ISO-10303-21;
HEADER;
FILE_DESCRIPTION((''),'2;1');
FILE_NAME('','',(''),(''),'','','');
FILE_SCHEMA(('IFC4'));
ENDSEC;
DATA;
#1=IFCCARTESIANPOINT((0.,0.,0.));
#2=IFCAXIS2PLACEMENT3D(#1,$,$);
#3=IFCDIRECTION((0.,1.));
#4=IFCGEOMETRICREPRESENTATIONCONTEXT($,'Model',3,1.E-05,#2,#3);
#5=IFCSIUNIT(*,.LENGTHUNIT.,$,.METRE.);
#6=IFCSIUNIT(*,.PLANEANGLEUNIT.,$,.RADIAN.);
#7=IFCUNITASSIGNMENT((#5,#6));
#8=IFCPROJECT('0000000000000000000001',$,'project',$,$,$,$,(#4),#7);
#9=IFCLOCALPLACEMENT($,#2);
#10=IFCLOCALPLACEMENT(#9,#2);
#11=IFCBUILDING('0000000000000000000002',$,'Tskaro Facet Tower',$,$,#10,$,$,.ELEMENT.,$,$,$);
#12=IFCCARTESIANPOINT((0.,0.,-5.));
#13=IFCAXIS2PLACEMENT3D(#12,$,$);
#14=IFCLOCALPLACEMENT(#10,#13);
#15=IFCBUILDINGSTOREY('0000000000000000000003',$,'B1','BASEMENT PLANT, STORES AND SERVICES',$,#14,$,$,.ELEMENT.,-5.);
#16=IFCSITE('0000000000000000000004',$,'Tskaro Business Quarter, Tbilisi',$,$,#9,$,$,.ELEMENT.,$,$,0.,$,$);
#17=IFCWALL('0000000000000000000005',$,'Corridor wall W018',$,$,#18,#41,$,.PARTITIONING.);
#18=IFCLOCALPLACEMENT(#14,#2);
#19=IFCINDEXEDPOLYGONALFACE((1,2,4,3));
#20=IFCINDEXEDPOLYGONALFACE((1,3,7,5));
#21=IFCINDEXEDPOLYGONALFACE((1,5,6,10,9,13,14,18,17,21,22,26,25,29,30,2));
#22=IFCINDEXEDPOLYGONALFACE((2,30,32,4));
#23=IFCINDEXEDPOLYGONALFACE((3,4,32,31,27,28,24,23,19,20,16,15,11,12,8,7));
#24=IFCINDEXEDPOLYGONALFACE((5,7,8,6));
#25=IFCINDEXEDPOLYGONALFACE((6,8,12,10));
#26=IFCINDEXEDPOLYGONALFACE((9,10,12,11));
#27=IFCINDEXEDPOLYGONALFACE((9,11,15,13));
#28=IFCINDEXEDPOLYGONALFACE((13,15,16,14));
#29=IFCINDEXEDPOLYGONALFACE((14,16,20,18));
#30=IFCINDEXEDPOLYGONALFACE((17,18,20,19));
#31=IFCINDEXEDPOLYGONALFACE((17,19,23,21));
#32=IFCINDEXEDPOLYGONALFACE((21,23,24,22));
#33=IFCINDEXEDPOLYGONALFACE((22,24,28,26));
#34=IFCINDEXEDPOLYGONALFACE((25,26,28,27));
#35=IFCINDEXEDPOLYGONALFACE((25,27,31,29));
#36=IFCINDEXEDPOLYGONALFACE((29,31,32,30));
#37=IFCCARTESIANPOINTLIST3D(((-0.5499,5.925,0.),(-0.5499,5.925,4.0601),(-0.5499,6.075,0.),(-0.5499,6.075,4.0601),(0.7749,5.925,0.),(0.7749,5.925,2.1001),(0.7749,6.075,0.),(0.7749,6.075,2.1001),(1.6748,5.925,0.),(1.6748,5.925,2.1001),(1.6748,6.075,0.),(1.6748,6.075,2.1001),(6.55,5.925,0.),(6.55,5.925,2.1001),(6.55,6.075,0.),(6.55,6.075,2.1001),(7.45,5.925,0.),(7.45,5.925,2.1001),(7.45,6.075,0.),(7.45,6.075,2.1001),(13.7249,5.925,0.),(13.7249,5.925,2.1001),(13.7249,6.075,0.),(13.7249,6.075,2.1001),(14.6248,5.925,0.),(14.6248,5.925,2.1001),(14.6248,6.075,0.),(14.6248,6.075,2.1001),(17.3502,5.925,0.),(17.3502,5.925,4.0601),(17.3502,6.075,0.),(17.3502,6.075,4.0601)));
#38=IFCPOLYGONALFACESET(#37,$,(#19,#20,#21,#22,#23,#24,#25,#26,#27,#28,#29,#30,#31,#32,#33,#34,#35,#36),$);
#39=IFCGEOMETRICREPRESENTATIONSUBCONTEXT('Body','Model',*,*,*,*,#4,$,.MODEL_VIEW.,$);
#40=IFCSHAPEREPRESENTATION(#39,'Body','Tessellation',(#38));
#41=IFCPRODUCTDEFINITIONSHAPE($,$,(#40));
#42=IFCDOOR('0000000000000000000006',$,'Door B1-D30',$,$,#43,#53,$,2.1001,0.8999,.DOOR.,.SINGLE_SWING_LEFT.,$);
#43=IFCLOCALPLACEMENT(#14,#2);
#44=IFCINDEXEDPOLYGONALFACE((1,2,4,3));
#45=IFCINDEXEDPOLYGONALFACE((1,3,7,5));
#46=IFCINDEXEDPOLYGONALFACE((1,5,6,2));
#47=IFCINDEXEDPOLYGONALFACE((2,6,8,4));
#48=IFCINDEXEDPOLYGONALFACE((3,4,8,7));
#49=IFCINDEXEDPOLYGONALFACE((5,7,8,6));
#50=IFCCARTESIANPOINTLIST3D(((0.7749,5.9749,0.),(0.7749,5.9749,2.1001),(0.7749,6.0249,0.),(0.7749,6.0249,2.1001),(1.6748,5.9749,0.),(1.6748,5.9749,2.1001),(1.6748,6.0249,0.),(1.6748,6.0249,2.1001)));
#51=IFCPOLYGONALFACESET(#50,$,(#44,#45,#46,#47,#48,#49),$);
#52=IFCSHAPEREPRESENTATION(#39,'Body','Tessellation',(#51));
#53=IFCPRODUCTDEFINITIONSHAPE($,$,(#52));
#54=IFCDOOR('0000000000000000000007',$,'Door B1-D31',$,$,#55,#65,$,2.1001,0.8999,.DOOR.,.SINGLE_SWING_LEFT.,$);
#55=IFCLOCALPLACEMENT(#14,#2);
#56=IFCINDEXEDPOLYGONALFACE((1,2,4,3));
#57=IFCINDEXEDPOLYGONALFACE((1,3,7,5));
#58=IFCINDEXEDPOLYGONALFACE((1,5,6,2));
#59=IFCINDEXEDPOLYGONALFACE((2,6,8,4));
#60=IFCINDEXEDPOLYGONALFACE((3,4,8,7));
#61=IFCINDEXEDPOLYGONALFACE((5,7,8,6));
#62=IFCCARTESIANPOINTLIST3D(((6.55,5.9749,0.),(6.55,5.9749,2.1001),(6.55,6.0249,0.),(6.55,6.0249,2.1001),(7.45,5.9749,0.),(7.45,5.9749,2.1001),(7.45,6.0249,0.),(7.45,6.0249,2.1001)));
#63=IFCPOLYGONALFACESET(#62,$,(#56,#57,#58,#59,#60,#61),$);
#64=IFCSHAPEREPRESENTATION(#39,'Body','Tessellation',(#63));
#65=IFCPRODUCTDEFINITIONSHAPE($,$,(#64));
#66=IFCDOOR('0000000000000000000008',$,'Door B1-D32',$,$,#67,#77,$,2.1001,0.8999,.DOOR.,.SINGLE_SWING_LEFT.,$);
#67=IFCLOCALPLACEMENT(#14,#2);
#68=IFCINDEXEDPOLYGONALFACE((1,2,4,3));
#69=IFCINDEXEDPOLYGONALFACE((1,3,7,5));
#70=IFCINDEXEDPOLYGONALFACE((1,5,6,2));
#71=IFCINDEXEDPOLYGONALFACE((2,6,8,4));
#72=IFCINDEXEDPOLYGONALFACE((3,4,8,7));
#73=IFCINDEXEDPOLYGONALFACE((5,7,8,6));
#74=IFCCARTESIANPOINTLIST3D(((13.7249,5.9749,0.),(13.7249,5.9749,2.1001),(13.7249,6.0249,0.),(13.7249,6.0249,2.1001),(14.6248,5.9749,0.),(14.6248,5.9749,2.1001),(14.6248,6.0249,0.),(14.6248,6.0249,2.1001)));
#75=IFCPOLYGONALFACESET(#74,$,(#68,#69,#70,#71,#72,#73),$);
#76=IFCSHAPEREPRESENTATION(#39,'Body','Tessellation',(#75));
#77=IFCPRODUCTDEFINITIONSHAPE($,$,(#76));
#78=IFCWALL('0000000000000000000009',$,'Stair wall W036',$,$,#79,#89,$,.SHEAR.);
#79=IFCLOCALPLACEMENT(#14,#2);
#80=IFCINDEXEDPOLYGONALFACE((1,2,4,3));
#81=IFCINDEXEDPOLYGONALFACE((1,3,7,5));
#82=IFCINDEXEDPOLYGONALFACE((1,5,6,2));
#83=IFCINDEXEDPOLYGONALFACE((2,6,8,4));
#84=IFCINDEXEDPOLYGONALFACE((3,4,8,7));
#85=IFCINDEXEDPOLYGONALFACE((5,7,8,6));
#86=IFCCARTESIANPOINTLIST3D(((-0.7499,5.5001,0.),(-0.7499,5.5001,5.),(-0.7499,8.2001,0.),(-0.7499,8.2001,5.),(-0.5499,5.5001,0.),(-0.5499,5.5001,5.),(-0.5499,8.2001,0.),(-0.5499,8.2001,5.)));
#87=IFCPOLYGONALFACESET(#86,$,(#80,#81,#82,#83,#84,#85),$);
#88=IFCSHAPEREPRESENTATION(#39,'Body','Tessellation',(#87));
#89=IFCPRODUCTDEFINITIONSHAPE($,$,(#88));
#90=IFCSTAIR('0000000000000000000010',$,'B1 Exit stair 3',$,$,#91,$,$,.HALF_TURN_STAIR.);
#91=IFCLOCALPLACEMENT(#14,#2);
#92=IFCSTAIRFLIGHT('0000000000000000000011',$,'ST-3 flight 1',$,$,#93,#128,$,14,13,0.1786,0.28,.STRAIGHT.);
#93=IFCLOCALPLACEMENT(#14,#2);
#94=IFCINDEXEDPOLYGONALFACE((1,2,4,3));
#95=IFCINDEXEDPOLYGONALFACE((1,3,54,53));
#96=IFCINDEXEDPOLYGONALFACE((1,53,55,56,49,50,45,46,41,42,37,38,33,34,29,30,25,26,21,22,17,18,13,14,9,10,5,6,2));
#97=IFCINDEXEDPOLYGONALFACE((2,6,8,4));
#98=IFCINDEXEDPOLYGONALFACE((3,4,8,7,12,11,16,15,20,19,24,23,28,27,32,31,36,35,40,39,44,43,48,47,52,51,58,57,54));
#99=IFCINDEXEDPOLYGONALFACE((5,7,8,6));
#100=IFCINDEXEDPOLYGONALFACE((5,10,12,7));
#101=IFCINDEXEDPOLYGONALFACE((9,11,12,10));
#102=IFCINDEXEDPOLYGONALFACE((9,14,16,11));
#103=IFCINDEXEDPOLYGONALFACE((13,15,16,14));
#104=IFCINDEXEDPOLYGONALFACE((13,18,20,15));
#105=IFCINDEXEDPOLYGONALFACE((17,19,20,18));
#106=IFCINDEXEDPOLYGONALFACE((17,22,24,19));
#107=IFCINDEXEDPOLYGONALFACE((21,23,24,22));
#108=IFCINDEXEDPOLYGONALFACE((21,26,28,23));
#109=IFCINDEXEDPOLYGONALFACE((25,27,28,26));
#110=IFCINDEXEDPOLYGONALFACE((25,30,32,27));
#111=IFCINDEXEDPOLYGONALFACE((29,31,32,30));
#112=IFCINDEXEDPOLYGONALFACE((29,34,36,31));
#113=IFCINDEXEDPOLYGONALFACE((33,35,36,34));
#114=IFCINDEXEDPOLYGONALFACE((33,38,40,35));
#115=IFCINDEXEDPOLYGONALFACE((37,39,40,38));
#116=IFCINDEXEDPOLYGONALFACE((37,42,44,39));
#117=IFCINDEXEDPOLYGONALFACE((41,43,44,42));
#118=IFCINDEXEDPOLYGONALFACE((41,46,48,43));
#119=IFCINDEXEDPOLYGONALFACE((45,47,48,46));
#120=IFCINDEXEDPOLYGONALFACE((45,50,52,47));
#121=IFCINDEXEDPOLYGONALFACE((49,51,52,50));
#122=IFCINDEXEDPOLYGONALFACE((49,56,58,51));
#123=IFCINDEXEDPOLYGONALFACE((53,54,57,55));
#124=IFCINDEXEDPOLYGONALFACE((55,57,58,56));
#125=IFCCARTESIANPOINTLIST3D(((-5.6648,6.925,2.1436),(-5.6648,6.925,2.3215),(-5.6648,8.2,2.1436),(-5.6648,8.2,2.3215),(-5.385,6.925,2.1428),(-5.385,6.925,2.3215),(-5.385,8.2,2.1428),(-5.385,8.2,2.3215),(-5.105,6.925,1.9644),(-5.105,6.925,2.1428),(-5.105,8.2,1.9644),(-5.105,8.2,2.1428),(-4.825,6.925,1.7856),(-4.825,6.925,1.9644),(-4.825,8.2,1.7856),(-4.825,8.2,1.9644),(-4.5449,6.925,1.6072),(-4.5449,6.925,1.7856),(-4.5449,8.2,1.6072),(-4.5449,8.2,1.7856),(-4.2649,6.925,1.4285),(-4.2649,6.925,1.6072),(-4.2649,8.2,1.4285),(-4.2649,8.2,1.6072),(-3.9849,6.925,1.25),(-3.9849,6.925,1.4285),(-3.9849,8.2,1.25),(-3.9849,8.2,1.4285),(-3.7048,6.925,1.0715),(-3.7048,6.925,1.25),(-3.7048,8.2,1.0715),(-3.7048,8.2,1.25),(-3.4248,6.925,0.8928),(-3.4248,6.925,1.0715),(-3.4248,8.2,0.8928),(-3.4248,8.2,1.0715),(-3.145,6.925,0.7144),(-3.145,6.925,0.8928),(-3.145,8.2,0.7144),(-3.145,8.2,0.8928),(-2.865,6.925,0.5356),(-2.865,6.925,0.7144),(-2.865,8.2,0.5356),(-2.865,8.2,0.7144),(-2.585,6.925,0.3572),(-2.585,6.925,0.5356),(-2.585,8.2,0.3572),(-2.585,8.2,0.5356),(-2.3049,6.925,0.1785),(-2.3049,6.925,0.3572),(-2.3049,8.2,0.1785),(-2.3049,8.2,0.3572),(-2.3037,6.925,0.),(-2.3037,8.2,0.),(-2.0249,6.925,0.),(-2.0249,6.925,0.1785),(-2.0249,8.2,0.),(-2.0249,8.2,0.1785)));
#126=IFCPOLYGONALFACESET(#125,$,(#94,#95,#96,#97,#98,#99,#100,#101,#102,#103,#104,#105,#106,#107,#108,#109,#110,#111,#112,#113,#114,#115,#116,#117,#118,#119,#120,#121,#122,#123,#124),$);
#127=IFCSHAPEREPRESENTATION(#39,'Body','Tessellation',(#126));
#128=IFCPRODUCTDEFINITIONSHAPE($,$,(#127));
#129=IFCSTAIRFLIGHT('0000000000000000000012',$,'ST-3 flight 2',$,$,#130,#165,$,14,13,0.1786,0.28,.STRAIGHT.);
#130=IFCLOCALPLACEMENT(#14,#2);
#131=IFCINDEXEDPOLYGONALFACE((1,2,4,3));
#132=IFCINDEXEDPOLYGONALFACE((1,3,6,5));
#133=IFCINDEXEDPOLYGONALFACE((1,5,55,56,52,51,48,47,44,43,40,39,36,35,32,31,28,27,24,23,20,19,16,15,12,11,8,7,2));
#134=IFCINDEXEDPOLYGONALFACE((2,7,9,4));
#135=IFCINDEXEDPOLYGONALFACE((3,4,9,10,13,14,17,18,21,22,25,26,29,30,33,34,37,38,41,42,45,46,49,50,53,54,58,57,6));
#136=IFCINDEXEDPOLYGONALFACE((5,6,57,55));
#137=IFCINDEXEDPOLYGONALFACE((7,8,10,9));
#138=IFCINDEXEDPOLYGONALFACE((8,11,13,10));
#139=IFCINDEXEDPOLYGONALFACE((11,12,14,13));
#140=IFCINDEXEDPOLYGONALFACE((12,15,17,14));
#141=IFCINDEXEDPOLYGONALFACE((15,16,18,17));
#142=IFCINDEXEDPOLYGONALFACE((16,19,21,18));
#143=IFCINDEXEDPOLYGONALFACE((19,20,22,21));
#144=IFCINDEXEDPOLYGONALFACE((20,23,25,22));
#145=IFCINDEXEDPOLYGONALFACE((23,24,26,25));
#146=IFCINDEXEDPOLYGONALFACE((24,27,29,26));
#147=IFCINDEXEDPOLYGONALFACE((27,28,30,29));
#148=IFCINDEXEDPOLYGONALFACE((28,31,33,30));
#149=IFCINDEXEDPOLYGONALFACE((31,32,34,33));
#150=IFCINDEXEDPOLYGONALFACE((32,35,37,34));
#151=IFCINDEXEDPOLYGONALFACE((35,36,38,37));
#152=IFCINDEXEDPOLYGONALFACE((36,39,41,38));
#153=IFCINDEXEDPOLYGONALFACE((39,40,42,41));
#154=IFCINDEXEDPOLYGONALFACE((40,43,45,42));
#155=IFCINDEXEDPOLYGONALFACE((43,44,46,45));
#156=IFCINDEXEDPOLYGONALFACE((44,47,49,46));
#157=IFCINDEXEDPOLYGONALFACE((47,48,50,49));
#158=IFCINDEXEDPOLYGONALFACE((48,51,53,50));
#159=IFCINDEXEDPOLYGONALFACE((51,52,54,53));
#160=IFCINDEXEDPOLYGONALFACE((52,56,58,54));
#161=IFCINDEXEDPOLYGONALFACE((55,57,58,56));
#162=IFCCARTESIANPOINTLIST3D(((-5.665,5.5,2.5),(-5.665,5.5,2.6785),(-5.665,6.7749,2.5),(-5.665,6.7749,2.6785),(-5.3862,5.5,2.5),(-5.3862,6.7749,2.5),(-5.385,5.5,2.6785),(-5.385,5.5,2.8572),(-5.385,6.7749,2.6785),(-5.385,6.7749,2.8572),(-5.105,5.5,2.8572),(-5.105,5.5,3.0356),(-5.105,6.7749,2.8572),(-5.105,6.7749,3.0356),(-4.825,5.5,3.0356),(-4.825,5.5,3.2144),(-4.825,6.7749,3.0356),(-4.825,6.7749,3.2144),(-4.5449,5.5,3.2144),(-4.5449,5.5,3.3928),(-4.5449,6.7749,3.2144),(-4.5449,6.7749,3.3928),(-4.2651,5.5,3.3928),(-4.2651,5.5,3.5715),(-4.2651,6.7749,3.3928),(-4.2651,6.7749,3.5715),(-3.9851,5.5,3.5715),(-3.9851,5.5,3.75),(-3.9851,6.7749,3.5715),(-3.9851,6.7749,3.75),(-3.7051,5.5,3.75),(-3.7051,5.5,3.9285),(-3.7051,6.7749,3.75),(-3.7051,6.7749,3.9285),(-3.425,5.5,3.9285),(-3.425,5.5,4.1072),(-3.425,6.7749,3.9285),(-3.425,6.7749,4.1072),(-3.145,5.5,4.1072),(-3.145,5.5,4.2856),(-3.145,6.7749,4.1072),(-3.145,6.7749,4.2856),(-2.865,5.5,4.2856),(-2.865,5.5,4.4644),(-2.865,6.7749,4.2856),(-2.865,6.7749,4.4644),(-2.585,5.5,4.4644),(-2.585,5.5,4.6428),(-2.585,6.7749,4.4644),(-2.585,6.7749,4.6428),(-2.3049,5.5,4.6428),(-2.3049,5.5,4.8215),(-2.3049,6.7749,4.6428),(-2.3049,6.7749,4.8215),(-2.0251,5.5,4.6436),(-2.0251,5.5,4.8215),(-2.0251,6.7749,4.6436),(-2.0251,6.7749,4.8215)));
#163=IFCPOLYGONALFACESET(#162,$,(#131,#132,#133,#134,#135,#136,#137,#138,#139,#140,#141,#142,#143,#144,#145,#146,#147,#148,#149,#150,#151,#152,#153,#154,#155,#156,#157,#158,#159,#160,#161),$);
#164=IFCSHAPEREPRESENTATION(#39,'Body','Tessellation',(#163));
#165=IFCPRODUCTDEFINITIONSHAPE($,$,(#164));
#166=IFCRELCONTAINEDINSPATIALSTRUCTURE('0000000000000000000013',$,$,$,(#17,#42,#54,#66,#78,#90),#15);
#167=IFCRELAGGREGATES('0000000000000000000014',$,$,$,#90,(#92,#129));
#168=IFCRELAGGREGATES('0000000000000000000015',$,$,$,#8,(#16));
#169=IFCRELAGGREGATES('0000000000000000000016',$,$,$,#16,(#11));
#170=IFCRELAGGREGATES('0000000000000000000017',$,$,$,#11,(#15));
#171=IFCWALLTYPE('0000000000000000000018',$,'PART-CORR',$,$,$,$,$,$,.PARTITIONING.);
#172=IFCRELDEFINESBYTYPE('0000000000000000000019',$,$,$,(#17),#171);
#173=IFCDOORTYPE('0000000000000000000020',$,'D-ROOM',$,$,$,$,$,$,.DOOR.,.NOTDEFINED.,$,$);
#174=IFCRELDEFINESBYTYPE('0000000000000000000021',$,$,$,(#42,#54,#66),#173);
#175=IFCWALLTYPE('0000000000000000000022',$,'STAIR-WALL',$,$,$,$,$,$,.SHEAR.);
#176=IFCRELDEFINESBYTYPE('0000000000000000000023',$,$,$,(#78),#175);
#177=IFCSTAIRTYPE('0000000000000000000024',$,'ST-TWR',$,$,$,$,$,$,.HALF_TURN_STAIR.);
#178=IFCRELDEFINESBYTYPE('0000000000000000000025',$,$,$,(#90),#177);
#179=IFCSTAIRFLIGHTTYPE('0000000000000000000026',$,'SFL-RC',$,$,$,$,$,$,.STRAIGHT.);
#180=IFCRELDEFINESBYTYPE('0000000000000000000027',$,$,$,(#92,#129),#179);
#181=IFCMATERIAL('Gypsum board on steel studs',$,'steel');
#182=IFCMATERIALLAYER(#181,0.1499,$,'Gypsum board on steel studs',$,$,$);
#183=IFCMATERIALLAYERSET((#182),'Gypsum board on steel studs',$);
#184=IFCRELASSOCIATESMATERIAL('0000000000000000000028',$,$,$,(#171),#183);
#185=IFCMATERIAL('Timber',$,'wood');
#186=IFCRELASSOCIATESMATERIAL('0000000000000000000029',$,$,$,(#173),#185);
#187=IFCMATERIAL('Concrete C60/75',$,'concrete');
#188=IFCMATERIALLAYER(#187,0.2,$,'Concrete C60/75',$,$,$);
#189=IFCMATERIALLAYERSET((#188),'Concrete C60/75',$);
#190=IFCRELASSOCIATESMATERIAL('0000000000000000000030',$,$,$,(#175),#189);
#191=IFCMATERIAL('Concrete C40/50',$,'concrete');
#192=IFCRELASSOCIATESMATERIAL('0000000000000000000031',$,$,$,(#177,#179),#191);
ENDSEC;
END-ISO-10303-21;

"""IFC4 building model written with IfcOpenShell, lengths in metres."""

from ifc_helpers import new_model, si_unit, direction, frame, frame_2d, origin, place, context, subcontext, project, spatial, polyline, rectangle, outline, extrude, material, layer, layer_set, type_object, element, fill, aggregate, save


model = new_model("IFC4")

# Units and contexts
model_context = context("Model", 3, precision=1e-05, world=origin(), true_north=direction((0.0, 1.0)))
body_context = subcontext(model_context, "Body", "Model", "MODEL_VIEW")
ifc_project = project(units=[si_unit("LENGTHUNIT", "METRE"), si_unit("PLANEANGLEUNIT", "RADIAN")], contexts=[model_context])

# Site, building, storey
site_placement = place(None, origin())
site = spatial("IfcSite", under=ifc_project, at=site_placement, Name="Tskaro Business Quarter, Tbilisi", CompositionType="ELEMENT", RefElevation=0.0)
building_placement = place(site_placement, origin())
building = spatial("IfcBuilding", under=site, at=building_placement, Name="Tskaro Facet Tower", CompositionType="ELEMENT")
storey_placement = place(building_placement, frame((0.0, 0.0, -5.0)))
storey = spatial("IfcBuildingStorey", under=building, at=storey_placement, Name="B1", Description="BASEMENT PLANT, STORES AND SERVICES", CompositionType="ELEMENT", Elevation=-5.0)

# Wall, openings, doors
ifc_material_1 = material(Name="Gypsum board on steel studs", Category="steel")
ifc_layer_1 = layer(ifc_material_1, 0.1499, Name="Gypsum board on steel studs")
ifc_layer_set_1 = layer_set([ifc_layer_1], Name="Gypsum board on steel studs")
wall_type_1 = type_object("IfcWallType", Name="PART-CORR", PredefinedType="PARTITIONING", material=ifc_layer_set_1)
wall_1_placement = place(storey_placement, frame((-0.55, 6.0, 0.0), z_axis=(0.0, 0.0, 1.0), x_axis=(1.0, 0.0, 0.0)))
wall_1 = element("IfcWall", 1, at=wall_1_placement, inside=storey, type_object=wall_type_1, Name="Corridor wall W018", PredefinedType="PARTITIONING", context=body_context, shape_type="SweptSolid", body=[
    extrude(rectangle(XDim=17.9001, YDim=0.1499, at=frame_2d((8.9502, 0.0))), origin(), (0.0, 0.0, 1.0), 4.0601),
])
opening_1_placement = place(wall_1_placement, frame((1.325, 0.0, 0.0)))
opening_1 = element("IfcOpeningElement", 2, at=opening_1_placement, cuts=wall_1, PredefinedType="OPENING", context=body_context, shape_type="SweptSolid", body=[
    extrude(rectangle(XDim=0.8999, YDim=2.1001, at=frame_2d((0.45, 1.05))), frame((0.0, 0.085, 0.0), z_axis=(0.0, -1.0, 0.0), x_axis=(1.0, 0.0, 0.0)), (0.0, 0.0, 1.0), 0.1699),
])
opening_2_placement = place(wall_1_placement, frame((7.1001, 0.0, 0.0)))
opening_2 = element("IfcOpeningElement", 3, at=opening_2_placement, cuts=wall_1, PredefinedType="OPENING", context=body_context, shape_type="SweptSolid", body=[
    extrude(rectangle(XDim=0.8999, YDim=2.1001, at=frame_2d((0.45, 1.05))), frame((0.0, 0.085, 0.0), z_axis=(0.0, -1.0, 0.0), x_axis=(1.0, 0.0, 0.0)), (0.0, 0.0, 1.0), 0.1699),
])
opening_3_placement = place(wall_1_placement, frame((14.2749, 0.0, 0.0)))
opening_3 = element("IfcOpeningElement", 4, at=opening_3_placement, cuts=wall_1, PredefinedType="OPENING", context=body_context, shape_type="SweptSolid", body=[
    extrude(rectangle(XDim=0.8999, YDim=2.1001, at=frame_2d((0.45, 1.05))), frame((0.0, 0.085, 0.0), z_axis=(0.0, -1.0, 0.0), x_axis=(1.0, 0.0, 0.0)), (0.0, 0.0, 1.0), 0.1699),
])
ifc_material_2 = material(Name="Timber", Category="wood")
door_type = type_object("IfcDoorType", Name="D-ROOM", OperationType="NOTDEFINED", PredefinedType="DOOR", material=ifc_material_2)
door_1_placement = place(opening_1_placement, origin())
door_1 = element("IfcDoor", 5, at=door_1_placement, inside=storey, type_object=door_type, Name="Door B1-D30", OperationType="SINGLE_SWING_LEFT", OverallHeight=2.1001, OverallWidth=0.8999, PredefinedType="DOOR", context=body_context, shape_type="SweptSolid", body=[
    extrude(rectangle(XDim=0.8999, YDim=2.1001, at=frame_2d((0.45, 1.05))), frame((0.0, 0.0249, 0.0), z_axis=(0.0, -1.0, 0.0), x_axis=(1.0, 0.0, 0.0)), (0.0, 0.0, 1.0), 0.05),
])
fill(opening_1, door_1)
door_2_placement = place(opening_2_placement, origin())
door_2 = element("IfcDoor", 6, at=door_2_placement, inside=storey, type_object=door_type, Name="Door B1-D31", OperationType="SINGLE_SWING_LEFT", OverallHeight=2.1001, OverallWidth=0.8999, PredefinedType="DOOR", context=body_context, shape_type="SweptSolid", body=[
    extrude(rectangle(XDim=0.8999, YDim=2.1001, at=frame_2d((0.45, 1.05))), frame((0.0, 0.0249, 0.0), z_axis=(0.0, -1.0, 0.0), x_axis=(1.0, 0.0, 0.0)), (0.0, 0.0, 1.0), 0.05),
])
fill(opening_2, door_2)
door_3_placement = place(opening_3_placement, origin())
door_3 = element("IfcDoor", 7, at=door_3_placement, inside=storey, type_object=door_type, Name="Door B1-D32", OperationType="SINGLE_SWING_LEFT", OverallHeight=2.1001, OverallWidth=0.8999, PredefinedType="DOOR", context=body_context, shape_type="SweptSolid", body=[
    extrude(rectangle(XDim=0.8999, YDim=2.1001, at=frame_2d((0.45, 1.05))), frame((0.0, 0.0249, 0.0), z_axis=(0.0, -1.0, 0.0), x_axis=(1.0, 0.0, 0.0)), (0.0, 0.0, 1.0), 0.05),
])
fill(opening_3, door_3)

# Wall
ifc_material_3 = material(Name="Concrete C60/75", Category="concrete")
ifc_layer_2 = layer(ifc_material_3, 0.2, Name="Concrete C60/75")
ifc_layer_set_2 = layer_set([ifc_layer_2], Name="Concrete C60/75")
wall_type_2 = type_object("IfcWallType", Name="STAIR-WALL", PredefinedType="SHEAR", material=ifc_layer_set_2)
wall_2_placement = place(storey_placement, frame((-0.6499, 5.5, 0.0), z_axis=(0.0, 0.0, 1.0), x_axis=(0.0, 1.0, 0.0)))
element("IfcWall", 8, at=wall_2_placement, inside=storey, type_object=wall_type_2, Name="Stair wall W036", PredefinedType="SHEAR", context=body_context, shape_type="SweptSolid", body=[
    extrude(rectangle(XDim=2.7, YDim=0.2, at=frame_2d((1.3501, 0.0))), origin(), (0.0, 0.0, 1.0), 5.0),
])

# Stair, stair flights
ifc_material_4 = material(Name="Concrete C40/50", Category="concrete")
stair_type = type_object("IfcStairType", Name="ST-TWR", PredefinedType="HALF_TURN_STAIR", material=ifc_material_4)
stair_placement = place(storey_placement, origin())
stair = element("IfcStair", 9, at=stair_placement, inside=storey, type_object=stair_type, Name="B1 Exit stair 3", PredefinedType="HALF_TURN_STAIR")
stair_flight_type = type_object("IfcStairFlightType", Name="SFL-RC", PredefinedType="STRAIGHT", material=ifc_material_4)
stair_flight_1_placement = place(storey_placement, frame((-2.0249, 7.5625, 0.0), z_axis=(0.0, 0.0, 1.0), x_axis=(-1.0, 0.0, 0.0)))
stair_flight_1 = element("IfcStairFlight", 10, at=stair_flight_1_placement, type_object=stair_flight_type, Name="ST-3 flight 1", NumberOfRisers=14, NumberOfTreads=13, PredefinedType="STRAIGHT", RiserHeight=0.1786, TreadLength=0.28, context=body_context, shape_type="SweptSolid", body=[
    extrude(outline(polyline([(0.0, 0.0), (0.0, 0.1785), (0.28, 0.1785), (0.28, 0.3572), (0.5601, 0.3572), (0.5601, 0.5356), (0.8401, 0.5356), (0.8401, 0.7144), (1.1201, 0.7144), (1.1201, 0.8928), (1.3999, 0.8928), (1.3999, 1.0715), (1.6799, 1.0715), (1.6799, 1.25), (1.96, 1.25), (1.96, 1.4285), (2.24, 1.4285), (2.24, 1.6072), (2.52, 1.6072), (2.52, 1.7856), (2.8, 1.7856), (2.8, 1.9644), (3.0801, 1.9644), (3.0801, 2.1428), (3.3601, 2.1428), (3.3601, 2.3215), (3.6399, 2.3215), (3.6399, 2.5), (3.6399, 2.1436), (0.2788, 0.0), (0.0, 0.0)])), frame((0.0, 0.6375, 0.0), z_axis=(0.0, -1.0, 0.0), x_axis=(1.0, 0.0, 0.0)), (0.0, 0.0, 1.0), 1.2749),
])
stair_flight_2_placement = place(storey_placement, frame((-5.665, 6.1375, 2.5), z_axis=(0.0, 0.0, 1.0), x_axis=(1.0, 0.0, 0.0)))
stair_flight_2 = element("IfcStairFlight", 11, at=stair_flight_2_placement, type_object=stair_flight_type, Name="ST-3 flight 2", NumberOfRisers=14, NumberOfTreads=13, PredefinedType="STRAIGHT", RiserHeight=0.1786, TreadLength=0.28, context=body_context, shape_type="SweptSolid", body=[
    extrude(outline(polyline([(0.0, 0.0), (0.0, 0.1785), (0.28, 0.1785), (0.28, 0.3572), (0.5601, 0.3572), (0.5601, 0.5356), (0.8401, 0.5356), (0.8401, 0.7144), (1.1201, 0.7144), (1.1201, 0.8928), (1.3999, 0.8928), (1.3999, 1.0715), (1.6799, 1.0715), (1.6799, 1.25), (1.96, 1.25), (1.96, 1.4285), (2.24, 1.4285), (2.24, 1.6072), (2.52, 1.6072), (2.52, 1.7856), (2.8, 1.7856), (2.8, 1.9644), (3.0801, 1.9644), (3.0801, 2.1428), (3.3601, 2.1428), (3.3601, 2.3215), (3.6399, 2.3215), (3.6399, 2.5), (3.6399, 2.1436), (0.2788, 0.0), (0.0, 0.0)])), frame((0.0, 0.6375, 0.0), z_axis=(0.0, -1.0, 0.0), x_axis=(1.0, 0.0, 0.0)), (0.0, 0.0, 1.0), 1.2749),
])
aggregate(stair, [stair_flight_1, stair_flight_2])

save(model, "model.ifc")
